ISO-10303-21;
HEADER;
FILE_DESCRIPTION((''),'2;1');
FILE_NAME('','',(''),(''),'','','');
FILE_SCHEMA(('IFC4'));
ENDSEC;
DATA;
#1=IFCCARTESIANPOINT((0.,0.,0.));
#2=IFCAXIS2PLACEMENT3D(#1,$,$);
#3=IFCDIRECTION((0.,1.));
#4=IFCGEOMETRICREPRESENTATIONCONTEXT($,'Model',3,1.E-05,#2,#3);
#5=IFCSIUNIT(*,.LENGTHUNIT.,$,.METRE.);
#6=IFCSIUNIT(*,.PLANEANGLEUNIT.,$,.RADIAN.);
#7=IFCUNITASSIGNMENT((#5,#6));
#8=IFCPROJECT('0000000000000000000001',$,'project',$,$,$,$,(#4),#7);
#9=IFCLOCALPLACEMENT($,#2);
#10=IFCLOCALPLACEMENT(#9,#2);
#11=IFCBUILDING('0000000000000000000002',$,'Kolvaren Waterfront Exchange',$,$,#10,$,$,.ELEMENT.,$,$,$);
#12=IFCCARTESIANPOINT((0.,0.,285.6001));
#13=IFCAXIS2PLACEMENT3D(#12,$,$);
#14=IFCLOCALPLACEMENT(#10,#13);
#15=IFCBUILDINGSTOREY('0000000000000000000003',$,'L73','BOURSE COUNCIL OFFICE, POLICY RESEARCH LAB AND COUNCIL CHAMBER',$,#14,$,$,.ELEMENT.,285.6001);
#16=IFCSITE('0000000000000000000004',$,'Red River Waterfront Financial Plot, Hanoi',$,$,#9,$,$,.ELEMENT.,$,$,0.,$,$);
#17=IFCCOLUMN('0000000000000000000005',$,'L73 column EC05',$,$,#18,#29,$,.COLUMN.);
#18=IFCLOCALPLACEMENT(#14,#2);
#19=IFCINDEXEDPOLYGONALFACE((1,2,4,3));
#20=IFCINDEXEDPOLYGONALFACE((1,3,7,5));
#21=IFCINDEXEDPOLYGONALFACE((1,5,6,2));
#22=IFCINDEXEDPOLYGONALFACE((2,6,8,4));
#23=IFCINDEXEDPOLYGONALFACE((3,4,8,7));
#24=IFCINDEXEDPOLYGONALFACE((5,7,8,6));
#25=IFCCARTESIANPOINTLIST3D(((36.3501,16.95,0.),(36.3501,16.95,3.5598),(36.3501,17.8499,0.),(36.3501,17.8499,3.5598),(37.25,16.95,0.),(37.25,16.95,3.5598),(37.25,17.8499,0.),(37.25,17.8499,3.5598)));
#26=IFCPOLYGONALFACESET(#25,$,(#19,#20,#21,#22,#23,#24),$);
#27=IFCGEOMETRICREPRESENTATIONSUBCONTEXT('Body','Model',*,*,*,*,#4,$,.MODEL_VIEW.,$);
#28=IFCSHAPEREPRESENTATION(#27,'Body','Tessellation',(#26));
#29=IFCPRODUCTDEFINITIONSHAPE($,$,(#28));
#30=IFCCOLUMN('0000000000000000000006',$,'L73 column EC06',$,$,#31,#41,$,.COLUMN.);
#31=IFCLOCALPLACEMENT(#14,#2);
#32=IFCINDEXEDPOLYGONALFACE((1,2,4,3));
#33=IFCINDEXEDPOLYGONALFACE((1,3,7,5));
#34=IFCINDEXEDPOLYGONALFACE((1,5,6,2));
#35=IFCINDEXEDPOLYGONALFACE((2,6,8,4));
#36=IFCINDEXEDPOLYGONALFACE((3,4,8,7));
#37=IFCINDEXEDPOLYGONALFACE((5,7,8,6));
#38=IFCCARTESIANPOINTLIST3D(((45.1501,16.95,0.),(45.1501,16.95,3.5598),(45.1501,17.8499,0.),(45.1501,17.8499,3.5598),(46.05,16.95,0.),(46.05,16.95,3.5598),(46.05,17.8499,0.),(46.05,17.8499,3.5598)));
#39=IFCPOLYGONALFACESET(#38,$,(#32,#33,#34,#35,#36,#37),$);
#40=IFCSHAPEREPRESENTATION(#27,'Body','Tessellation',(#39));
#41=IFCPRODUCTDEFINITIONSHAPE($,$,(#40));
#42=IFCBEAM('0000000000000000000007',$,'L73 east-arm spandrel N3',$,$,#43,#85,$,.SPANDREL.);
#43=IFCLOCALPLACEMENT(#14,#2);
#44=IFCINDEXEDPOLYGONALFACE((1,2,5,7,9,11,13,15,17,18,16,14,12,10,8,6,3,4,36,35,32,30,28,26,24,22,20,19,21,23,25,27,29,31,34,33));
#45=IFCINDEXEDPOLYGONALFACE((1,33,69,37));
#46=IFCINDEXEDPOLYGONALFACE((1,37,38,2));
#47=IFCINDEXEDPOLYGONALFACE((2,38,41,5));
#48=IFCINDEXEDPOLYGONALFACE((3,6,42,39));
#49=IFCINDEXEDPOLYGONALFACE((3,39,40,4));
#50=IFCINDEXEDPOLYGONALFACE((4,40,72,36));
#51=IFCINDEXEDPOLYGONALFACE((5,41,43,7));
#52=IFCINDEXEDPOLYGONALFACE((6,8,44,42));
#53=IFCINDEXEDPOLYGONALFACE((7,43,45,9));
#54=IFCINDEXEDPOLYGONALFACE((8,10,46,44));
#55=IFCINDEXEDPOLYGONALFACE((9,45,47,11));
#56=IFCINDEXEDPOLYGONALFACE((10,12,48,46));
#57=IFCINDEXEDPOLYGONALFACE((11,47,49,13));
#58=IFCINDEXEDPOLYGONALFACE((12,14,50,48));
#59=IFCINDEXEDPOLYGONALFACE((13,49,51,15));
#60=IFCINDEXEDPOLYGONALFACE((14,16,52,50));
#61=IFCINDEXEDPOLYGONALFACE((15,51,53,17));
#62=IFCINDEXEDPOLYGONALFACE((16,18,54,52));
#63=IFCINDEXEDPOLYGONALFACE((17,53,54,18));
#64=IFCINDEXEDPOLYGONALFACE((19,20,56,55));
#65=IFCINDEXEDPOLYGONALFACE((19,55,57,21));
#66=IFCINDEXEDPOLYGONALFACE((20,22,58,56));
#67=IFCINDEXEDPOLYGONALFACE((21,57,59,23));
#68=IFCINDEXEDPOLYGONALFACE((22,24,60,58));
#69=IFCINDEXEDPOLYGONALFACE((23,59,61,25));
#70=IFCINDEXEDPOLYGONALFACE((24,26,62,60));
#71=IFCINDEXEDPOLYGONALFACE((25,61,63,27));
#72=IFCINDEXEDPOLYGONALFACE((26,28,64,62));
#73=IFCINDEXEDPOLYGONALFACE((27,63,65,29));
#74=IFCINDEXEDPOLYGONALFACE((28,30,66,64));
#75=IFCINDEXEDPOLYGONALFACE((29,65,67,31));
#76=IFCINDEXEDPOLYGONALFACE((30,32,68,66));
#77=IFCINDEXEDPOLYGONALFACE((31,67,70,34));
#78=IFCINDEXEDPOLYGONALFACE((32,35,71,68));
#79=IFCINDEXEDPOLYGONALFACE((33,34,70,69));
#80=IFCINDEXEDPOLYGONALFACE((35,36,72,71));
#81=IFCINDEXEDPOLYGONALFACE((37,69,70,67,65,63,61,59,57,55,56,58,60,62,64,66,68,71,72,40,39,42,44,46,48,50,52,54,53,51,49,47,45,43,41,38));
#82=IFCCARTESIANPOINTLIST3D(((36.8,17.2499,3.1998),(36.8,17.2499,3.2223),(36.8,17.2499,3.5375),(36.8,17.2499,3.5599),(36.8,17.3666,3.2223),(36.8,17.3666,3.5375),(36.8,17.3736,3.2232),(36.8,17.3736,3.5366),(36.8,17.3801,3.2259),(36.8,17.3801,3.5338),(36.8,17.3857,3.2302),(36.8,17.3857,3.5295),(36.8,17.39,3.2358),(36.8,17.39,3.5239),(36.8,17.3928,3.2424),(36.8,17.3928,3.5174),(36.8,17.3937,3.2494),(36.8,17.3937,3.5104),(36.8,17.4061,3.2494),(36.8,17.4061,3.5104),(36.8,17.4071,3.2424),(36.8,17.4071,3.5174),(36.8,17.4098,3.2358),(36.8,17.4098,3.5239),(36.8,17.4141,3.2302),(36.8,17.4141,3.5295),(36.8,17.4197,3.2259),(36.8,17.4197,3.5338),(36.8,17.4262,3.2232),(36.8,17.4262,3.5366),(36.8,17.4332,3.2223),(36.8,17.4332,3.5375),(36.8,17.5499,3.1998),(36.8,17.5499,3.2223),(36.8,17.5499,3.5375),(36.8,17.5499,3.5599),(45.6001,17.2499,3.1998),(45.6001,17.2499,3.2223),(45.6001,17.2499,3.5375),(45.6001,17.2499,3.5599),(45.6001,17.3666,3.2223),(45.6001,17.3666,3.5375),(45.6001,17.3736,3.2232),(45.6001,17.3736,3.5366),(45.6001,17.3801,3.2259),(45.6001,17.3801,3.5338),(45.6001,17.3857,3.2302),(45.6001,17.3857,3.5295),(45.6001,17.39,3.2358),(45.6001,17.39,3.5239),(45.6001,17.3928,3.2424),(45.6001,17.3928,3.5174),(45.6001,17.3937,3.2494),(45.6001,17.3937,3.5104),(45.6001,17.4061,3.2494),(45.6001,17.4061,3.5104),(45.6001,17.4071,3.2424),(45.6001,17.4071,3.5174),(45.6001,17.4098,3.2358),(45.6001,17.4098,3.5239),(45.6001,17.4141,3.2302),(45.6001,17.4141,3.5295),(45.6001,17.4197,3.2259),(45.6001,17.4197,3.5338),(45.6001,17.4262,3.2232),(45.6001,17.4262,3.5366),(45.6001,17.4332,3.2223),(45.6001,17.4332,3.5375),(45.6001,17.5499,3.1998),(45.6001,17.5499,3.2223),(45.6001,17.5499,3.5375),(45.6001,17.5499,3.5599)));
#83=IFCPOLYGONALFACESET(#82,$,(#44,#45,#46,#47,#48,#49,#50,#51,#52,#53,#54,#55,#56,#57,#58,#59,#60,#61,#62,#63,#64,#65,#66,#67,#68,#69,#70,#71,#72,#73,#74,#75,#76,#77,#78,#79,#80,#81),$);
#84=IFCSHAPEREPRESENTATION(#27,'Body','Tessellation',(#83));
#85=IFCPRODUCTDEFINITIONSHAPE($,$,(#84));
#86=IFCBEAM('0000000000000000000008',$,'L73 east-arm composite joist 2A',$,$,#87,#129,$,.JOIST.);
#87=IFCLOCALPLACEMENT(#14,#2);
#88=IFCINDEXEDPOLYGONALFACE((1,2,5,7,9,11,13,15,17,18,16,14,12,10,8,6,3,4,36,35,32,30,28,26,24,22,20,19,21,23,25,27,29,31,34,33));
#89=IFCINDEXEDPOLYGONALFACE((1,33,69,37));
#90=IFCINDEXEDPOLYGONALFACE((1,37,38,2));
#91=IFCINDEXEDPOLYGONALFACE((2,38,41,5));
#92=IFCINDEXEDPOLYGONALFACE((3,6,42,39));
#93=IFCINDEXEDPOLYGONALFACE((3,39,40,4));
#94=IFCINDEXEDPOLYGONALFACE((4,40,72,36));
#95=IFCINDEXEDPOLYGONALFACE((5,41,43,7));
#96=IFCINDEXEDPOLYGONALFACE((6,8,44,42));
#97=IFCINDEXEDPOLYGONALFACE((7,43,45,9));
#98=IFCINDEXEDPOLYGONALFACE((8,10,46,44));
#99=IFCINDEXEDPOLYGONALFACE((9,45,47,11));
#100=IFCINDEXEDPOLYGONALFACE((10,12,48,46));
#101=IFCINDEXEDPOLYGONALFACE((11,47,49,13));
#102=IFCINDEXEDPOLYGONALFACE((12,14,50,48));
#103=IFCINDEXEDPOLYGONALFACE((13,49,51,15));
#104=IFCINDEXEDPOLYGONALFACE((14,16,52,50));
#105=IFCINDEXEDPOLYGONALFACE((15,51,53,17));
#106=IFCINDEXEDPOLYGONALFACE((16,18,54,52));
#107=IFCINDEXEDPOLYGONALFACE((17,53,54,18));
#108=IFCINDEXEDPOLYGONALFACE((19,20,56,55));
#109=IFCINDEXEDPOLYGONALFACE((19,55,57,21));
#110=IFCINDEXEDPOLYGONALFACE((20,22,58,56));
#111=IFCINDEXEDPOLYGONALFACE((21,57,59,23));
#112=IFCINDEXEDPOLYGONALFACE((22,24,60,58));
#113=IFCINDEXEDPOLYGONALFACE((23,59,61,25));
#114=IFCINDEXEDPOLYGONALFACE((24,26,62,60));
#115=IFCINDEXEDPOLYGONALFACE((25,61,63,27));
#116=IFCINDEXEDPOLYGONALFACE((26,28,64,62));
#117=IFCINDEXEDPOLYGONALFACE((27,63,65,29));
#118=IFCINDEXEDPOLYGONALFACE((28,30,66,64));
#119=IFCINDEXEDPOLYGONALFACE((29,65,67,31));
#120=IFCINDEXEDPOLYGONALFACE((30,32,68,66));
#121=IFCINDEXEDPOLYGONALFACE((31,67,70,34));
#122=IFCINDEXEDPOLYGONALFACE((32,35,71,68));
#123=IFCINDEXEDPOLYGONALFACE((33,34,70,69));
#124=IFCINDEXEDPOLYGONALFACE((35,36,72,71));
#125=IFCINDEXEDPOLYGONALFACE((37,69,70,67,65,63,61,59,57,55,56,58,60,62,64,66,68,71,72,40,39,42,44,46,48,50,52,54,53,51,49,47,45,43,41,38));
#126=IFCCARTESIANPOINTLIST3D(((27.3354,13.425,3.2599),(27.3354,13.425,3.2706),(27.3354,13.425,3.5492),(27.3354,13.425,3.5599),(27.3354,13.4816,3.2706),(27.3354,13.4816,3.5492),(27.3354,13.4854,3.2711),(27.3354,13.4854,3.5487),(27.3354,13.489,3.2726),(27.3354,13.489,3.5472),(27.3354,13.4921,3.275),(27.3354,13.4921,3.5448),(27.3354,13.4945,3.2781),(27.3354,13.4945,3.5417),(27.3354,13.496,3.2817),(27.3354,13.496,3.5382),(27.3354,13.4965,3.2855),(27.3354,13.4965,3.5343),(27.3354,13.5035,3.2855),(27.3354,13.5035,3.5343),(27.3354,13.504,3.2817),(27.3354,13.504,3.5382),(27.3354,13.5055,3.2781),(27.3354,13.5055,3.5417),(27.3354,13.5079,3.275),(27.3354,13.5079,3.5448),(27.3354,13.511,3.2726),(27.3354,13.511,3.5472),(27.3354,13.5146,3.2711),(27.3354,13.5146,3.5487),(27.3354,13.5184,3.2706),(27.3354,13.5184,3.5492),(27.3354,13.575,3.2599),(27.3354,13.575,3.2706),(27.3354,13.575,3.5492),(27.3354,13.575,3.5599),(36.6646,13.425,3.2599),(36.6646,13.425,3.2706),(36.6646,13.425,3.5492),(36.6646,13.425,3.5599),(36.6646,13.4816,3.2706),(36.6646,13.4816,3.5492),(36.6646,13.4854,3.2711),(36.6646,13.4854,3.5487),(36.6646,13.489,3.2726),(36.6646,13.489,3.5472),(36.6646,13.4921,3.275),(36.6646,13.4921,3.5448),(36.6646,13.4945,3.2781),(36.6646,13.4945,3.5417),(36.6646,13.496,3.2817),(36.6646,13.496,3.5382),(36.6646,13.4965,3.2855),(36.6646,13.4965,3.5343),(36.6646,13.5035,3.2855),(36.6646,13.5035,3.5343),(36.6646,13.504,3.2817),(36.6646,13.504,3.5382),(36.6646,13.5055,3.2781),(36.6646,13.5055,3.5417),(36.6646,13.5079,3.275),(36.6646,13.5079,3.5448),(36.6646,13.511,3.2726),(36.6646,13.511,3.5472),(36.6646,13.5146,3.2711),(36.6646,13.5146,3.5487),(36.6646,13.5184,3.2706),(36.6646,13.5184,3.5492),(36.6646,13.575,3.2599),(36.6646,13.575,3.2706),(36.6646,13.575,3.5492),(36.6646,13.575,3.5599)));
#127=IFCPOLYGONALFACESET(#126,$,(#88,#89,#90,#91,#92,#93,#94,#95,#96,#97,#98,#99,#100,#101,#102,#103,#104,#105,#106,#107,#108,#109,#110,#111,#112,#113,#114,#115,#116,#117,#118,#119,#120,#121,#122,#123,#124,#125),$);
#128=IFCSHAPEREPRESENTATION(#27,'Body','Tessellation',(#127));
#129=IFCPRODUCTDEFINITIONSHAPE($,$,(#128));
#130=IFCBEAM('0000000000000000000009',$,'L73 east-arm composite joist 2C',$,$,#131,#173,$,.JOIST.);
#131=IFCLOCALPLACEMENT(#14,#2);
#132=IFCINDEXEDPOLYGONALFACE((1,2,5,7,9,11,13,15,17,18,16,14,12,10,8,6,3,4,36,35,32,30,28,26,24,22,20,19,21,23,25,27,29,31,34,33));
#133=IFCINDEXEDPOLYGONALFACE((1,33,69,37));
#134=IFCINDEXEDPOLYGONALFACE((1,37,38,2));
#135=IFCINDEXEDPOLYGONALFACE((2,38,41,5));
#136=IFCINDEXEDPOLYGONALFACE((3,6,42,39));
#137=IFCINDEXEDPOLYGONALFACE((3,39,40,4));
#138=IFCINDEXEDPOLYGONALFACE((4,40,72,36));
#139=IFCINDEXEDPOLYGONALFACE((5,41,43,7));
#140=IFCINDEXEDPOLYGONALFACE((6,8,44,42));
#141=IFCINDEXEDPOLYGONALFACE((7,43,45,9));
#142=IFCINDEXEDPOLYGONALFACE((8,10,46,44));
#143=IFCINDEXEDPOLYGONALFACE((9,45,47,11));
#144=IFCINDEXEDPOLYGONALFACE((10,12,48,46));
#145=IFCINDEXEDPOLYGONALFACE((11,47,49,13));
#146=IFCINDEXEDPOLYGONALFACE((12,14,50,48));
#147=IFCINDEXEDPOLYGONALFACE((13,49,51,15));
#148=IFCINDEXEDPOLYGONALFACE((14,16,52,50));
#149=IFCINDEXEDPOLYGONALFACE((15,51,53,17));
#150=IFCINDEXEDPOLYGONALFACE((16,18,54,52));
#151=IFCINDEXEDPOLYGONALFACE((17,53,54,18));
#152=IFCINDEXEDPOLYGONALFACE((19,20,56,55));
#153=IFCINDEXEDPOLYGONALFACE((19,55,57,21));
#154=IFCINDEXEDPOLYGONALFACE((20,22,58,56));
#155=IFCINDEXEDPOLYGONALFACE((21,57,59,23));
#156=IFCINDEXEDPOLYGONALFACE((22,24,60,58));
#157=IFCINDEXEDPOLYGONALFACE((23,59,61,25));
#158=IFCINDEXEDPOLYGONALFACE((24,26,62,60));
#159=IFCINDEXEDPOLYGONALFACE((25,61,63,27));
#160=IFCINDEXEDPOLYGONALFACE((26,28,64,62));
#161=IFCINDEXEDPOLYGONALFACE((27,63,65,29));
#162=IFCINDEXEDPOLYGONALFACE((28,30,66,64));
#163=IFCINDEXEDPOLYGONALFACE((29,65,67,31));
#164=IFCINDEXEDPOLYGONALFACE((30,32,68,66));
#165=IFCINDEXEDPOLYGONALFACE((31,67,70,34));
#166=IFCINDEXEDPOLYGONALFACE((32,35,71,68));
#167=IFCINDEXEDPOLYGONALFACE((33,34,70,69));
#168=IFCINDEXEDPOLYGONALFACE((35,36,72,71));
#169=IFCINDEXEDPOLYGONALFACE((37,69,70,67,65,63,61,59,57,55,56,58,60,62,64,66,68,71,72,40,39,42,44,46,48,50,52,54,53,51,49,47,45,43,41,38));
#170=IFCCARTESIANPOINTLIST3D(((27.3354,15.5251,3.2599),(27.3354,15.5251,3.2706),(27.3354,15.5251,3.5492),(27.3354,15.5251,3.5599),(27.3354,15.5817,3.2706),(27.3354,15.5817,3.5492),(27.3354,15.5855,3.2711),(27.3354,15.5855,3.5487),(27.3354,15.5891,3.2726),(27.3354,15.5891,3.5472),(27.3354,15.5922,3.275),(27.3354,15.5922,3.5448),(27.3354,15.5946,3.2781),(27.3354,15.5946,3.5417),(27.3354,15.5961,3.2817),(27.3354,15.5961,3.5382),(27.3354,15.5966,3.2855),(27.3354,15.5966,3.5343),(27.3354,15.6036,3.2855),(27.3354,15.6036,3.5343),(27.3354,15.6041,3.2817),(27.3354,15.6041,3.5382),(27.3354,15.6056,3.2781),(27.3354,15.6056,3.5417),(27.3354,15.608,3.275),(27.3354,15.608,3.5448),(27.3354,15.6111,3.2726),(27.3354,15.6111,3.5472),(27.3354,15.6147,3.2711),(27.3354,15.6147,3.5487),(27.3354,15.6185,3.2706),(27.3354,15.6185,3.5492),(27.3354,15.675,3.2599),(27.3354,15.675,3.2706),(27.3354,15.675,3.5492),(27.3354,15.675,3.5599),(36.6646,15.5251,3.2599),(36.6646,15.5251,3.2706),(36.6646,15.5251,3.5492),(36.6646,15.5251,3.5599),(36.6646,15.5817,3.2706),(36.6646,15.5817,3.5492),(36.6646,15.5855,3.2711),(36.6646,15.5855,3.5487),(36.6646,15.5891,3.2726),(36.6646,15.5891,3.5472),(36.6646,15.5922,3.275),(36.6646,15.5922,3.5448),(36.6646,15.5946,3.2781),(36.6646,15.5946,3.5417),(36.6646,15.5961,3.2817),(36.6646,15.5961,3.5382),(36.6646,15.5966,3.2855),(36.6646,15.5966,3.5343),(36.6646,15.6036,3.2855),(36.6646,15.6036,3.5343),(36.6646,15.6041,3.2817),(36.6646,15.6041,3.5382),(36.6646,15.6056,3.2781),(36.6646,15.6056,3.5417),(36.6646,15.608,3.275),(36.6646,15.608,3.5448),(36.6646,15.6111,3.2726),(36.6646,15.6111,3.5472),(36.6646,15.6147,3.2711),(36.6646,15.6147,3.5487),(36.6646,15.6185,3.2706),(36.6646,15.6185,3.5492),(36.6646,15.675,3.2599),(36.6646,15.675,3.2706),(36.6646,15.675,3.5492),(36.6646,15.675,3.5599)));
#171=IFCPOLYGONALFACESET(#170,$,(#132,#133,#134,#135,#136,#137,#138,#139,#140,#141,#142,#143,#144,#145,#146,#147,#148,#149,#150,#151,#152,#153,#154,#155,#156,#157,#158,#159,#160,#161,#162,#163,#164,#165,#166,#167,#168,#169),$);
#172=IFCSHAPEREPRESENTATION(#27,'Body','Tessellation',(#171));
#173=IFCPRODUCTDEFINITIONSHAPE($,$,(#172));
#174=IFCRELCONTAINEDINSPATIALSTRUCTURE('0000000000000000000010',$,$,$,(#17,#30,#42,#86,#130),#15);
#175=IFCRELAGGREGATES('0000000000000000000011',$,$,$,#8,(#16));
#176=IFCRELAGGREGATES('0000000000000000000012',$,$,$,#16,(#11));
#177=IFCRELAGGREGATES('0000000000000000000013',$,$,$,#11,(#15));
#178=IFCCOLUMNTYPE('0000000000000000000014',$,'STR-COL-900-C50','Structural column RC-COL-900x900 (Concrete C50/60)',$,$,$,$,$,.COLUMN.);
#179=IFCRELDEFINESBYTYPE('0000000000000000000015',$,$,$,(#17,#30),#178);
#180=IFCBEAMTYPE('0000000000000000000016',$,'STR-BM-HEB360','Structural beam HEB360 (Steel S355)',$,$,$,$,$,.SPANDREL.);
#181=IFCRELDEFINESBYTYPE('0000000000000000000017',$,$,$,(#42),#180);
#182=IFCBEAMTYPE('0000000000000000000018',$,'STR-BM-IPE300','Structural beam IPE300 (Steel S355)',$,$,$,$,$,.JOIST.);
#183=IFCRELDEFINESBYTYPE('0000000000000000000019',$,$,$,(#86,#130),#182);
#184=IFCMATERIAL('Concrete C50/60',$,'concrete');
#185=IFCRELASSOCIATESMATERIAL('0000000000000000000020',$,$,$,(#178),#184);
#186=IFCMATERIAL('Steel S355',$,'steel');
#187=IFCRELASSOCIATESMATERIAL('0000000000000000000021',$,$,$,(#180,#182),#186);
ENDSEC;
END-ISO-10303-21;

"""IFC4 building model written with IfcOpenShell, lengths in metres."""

from ifc_helpers import new_model, si_unit, direction, frame, origin, origin_2d, place, context, subcontext, project, spatial, rectangle, i_section, extrude, material, material_profile, profile_set, type_object, element, save


model = new_model("IFC4")

# Units and contexts
model_context = context("Model", 3, precision=1e-05, world=origin(), true_north=direction((0.0, 1.0)))
body_context = subcontext(model_context, "Body", "Model", "MODEL_VIEW")
ifc_project = project(units=[si_unit("LENGTHUNIT", "METRE"), si_unit("PLANEANGLEUNIT", "RADIAN")], contexts=[model_context])

# Site, building, storey
site_placement = place(None, origin())
site = spatial("IfcSite", under=ifc_project, at=site_placement, Name="Red River Waterfront Financial Plot, Hanoi", CompositionType="ELEMENT", RefElevation=0.0)
building_placement = place(site_placement, origin())
building = spatial("IfcBuilding", under=site, at=building_placement, Name="Kolvaren Waterfront Exchange", CompositionType="ELEMENT")
storey_placement = place(building_placement, frame((0.0, 0.0, 285.6001)))
storey = spatial("IfcBuildingStorey", under=building, at=storey_placement, Name="L73", Description="BOURSE COUNCIL OFFICE, POLICY RESEARCH LAB AND COUNCIL CHAMBER", CompositionType="ELEMENT", Elevation=285.6001)

# Columns
ifc_material_1 = material(Name="Concrete C50/60", Category="concrete")
ifc_material_profile_1 = material_profile(ifc_material_1, rectangle(XDim=0.8999, YDim=0.8999, at=origin_2d()), Name="RC-COL-900x900")
ifc_profile_set_1 = profile_set([ifc_material_profile_1], Name="Concrete C50/60")
column_type = type_object("IfcColumnType", Name="STR-COL-900-C50", Description="Structural column RC-COL-900x900 (Concrete C50/60)", PredefinedType="COLUMN", material=ifc_profile_set_1)
for number, where, z_axis, x_axis, name in (
    (1, (36.8, 17.3999, 0.0), (0.0, 0.0, 1.0), (1.0, 0.0, 0.0), "L73 column EC05"),
    (2, (45.6001, 17.3999, 0.0), (0.0, 0.0, 1.0), (1.0, 0.0, 0.0), "L73 column EC06"),
):
    element("IfcColumn", number, at=place(storey_placement, frame(where, z_axis=z_axis, x_axis=x_axis)), inside=storey, type_object=column_type, Name=name, PredefinedType="COLUMN", context=body_context, shape_type="SweptSolid", body=[
        extrude(rectangle(XDim=0.8999, YDim=0.8999, at=origin_2d()), origin(), (0.0, 0.0, 1.0), 3.5598),
    ])

# Beams
ifc_material_2 = material(Name="Steel S355", Category="steel")
ifc_material_profile_2 = material_profile(ifc_material_2, i_section(OverallWidth=0.3, OverallDepth=0.3601, WebThickness=0.0125, FlangeThickness=0.0225, FilletRadius=0.0271, at=origin_2d()), Name="HEB360")
ifc_profile_set_2 = profile_set([ifc_material_profile_2], Name="Steel S355")
beam_type_1 = type_object("IfcBeamType", Name="STR-BM-HEB360", Description="Structural beam HEB360 (Steel S355)", PredefinedType="SPANDREL", material=ifc_profile_set_2)
beam_placement = place(storey_placement, frame((36.8, 17.3999, 3.3799), z_axis=(1.0, 0.0, 0.0), x_axis=(0.0, 1.0, 0.0)))
element("IfcBeam", 3, at=beam_placement, inside=storey, type_object=beam_type_1, Name="L73 east-arm spandrel N3", PredefinedType="SPANDREL", context=body_context, shape_type="SweptSolid", body=[
    extrude(i_section(OverallWidth=0.3, OverallDepth=0.3601, WebThickness=0.0125, FlangeThickness=0.0225, FilletRadius=0.0271, at=origin_2d()), origin(), (0.0, 0.0, 1.0), 8.8),
])
ifc_material_profile_3 = material_profile(ifc_material_2, i_section(OverallWidth=0.1499, OverallDepth=0.3, WebThickness=0.0071, FlangeThickness=0.0107, FilletRadius=0.0149, at=origin_2d()), Name="IPE300")
ifc_profile_set_3 = profile_set([ifc_material_profile_3], Name="Steel S355")
beam_type_2 = type_object("IfcBeamType", Name="STR-BM-IPE300", Description="Structural beam IPE300 (Steel S355)", PredefinedType="JOIST", material=ifc_profile_set_3)
for number, where, z_axis, x_axis, name in (
    (4, (27.3354, 13.5, 3.4099), (1.0, 0.0, 0.0), (0.0, 1.0, 0.0), "L73 east-arm composite joist 2A"),
    (5, (27.3354, 15.6001, 3.4099), (1.0, 0.0, 0.0), (0.0, 1.0, 0.0), "L73 east-arm composite joist 2C"),
):
    element("IfcBeam", number, at=place(storey_placement, frame(where, z_axis=z_axis, x_axis=x_axis)), inside=storey, type_object=beam_type_2, Name=name, PredefinedType="JOIST", context=body_context, shape_type="SweptSolid", body=[
        extrude(i_section(OverallWidth=0.1499, OverallDepth=0.3, WebThickness=0.0071, FlangeThickness=0.0107, FilletRadius=0.0149, at=origin_2d()), origin(), (0.0, 0.0, 1.0), 9.3291),
    ])

save(model, "model.ifc")
